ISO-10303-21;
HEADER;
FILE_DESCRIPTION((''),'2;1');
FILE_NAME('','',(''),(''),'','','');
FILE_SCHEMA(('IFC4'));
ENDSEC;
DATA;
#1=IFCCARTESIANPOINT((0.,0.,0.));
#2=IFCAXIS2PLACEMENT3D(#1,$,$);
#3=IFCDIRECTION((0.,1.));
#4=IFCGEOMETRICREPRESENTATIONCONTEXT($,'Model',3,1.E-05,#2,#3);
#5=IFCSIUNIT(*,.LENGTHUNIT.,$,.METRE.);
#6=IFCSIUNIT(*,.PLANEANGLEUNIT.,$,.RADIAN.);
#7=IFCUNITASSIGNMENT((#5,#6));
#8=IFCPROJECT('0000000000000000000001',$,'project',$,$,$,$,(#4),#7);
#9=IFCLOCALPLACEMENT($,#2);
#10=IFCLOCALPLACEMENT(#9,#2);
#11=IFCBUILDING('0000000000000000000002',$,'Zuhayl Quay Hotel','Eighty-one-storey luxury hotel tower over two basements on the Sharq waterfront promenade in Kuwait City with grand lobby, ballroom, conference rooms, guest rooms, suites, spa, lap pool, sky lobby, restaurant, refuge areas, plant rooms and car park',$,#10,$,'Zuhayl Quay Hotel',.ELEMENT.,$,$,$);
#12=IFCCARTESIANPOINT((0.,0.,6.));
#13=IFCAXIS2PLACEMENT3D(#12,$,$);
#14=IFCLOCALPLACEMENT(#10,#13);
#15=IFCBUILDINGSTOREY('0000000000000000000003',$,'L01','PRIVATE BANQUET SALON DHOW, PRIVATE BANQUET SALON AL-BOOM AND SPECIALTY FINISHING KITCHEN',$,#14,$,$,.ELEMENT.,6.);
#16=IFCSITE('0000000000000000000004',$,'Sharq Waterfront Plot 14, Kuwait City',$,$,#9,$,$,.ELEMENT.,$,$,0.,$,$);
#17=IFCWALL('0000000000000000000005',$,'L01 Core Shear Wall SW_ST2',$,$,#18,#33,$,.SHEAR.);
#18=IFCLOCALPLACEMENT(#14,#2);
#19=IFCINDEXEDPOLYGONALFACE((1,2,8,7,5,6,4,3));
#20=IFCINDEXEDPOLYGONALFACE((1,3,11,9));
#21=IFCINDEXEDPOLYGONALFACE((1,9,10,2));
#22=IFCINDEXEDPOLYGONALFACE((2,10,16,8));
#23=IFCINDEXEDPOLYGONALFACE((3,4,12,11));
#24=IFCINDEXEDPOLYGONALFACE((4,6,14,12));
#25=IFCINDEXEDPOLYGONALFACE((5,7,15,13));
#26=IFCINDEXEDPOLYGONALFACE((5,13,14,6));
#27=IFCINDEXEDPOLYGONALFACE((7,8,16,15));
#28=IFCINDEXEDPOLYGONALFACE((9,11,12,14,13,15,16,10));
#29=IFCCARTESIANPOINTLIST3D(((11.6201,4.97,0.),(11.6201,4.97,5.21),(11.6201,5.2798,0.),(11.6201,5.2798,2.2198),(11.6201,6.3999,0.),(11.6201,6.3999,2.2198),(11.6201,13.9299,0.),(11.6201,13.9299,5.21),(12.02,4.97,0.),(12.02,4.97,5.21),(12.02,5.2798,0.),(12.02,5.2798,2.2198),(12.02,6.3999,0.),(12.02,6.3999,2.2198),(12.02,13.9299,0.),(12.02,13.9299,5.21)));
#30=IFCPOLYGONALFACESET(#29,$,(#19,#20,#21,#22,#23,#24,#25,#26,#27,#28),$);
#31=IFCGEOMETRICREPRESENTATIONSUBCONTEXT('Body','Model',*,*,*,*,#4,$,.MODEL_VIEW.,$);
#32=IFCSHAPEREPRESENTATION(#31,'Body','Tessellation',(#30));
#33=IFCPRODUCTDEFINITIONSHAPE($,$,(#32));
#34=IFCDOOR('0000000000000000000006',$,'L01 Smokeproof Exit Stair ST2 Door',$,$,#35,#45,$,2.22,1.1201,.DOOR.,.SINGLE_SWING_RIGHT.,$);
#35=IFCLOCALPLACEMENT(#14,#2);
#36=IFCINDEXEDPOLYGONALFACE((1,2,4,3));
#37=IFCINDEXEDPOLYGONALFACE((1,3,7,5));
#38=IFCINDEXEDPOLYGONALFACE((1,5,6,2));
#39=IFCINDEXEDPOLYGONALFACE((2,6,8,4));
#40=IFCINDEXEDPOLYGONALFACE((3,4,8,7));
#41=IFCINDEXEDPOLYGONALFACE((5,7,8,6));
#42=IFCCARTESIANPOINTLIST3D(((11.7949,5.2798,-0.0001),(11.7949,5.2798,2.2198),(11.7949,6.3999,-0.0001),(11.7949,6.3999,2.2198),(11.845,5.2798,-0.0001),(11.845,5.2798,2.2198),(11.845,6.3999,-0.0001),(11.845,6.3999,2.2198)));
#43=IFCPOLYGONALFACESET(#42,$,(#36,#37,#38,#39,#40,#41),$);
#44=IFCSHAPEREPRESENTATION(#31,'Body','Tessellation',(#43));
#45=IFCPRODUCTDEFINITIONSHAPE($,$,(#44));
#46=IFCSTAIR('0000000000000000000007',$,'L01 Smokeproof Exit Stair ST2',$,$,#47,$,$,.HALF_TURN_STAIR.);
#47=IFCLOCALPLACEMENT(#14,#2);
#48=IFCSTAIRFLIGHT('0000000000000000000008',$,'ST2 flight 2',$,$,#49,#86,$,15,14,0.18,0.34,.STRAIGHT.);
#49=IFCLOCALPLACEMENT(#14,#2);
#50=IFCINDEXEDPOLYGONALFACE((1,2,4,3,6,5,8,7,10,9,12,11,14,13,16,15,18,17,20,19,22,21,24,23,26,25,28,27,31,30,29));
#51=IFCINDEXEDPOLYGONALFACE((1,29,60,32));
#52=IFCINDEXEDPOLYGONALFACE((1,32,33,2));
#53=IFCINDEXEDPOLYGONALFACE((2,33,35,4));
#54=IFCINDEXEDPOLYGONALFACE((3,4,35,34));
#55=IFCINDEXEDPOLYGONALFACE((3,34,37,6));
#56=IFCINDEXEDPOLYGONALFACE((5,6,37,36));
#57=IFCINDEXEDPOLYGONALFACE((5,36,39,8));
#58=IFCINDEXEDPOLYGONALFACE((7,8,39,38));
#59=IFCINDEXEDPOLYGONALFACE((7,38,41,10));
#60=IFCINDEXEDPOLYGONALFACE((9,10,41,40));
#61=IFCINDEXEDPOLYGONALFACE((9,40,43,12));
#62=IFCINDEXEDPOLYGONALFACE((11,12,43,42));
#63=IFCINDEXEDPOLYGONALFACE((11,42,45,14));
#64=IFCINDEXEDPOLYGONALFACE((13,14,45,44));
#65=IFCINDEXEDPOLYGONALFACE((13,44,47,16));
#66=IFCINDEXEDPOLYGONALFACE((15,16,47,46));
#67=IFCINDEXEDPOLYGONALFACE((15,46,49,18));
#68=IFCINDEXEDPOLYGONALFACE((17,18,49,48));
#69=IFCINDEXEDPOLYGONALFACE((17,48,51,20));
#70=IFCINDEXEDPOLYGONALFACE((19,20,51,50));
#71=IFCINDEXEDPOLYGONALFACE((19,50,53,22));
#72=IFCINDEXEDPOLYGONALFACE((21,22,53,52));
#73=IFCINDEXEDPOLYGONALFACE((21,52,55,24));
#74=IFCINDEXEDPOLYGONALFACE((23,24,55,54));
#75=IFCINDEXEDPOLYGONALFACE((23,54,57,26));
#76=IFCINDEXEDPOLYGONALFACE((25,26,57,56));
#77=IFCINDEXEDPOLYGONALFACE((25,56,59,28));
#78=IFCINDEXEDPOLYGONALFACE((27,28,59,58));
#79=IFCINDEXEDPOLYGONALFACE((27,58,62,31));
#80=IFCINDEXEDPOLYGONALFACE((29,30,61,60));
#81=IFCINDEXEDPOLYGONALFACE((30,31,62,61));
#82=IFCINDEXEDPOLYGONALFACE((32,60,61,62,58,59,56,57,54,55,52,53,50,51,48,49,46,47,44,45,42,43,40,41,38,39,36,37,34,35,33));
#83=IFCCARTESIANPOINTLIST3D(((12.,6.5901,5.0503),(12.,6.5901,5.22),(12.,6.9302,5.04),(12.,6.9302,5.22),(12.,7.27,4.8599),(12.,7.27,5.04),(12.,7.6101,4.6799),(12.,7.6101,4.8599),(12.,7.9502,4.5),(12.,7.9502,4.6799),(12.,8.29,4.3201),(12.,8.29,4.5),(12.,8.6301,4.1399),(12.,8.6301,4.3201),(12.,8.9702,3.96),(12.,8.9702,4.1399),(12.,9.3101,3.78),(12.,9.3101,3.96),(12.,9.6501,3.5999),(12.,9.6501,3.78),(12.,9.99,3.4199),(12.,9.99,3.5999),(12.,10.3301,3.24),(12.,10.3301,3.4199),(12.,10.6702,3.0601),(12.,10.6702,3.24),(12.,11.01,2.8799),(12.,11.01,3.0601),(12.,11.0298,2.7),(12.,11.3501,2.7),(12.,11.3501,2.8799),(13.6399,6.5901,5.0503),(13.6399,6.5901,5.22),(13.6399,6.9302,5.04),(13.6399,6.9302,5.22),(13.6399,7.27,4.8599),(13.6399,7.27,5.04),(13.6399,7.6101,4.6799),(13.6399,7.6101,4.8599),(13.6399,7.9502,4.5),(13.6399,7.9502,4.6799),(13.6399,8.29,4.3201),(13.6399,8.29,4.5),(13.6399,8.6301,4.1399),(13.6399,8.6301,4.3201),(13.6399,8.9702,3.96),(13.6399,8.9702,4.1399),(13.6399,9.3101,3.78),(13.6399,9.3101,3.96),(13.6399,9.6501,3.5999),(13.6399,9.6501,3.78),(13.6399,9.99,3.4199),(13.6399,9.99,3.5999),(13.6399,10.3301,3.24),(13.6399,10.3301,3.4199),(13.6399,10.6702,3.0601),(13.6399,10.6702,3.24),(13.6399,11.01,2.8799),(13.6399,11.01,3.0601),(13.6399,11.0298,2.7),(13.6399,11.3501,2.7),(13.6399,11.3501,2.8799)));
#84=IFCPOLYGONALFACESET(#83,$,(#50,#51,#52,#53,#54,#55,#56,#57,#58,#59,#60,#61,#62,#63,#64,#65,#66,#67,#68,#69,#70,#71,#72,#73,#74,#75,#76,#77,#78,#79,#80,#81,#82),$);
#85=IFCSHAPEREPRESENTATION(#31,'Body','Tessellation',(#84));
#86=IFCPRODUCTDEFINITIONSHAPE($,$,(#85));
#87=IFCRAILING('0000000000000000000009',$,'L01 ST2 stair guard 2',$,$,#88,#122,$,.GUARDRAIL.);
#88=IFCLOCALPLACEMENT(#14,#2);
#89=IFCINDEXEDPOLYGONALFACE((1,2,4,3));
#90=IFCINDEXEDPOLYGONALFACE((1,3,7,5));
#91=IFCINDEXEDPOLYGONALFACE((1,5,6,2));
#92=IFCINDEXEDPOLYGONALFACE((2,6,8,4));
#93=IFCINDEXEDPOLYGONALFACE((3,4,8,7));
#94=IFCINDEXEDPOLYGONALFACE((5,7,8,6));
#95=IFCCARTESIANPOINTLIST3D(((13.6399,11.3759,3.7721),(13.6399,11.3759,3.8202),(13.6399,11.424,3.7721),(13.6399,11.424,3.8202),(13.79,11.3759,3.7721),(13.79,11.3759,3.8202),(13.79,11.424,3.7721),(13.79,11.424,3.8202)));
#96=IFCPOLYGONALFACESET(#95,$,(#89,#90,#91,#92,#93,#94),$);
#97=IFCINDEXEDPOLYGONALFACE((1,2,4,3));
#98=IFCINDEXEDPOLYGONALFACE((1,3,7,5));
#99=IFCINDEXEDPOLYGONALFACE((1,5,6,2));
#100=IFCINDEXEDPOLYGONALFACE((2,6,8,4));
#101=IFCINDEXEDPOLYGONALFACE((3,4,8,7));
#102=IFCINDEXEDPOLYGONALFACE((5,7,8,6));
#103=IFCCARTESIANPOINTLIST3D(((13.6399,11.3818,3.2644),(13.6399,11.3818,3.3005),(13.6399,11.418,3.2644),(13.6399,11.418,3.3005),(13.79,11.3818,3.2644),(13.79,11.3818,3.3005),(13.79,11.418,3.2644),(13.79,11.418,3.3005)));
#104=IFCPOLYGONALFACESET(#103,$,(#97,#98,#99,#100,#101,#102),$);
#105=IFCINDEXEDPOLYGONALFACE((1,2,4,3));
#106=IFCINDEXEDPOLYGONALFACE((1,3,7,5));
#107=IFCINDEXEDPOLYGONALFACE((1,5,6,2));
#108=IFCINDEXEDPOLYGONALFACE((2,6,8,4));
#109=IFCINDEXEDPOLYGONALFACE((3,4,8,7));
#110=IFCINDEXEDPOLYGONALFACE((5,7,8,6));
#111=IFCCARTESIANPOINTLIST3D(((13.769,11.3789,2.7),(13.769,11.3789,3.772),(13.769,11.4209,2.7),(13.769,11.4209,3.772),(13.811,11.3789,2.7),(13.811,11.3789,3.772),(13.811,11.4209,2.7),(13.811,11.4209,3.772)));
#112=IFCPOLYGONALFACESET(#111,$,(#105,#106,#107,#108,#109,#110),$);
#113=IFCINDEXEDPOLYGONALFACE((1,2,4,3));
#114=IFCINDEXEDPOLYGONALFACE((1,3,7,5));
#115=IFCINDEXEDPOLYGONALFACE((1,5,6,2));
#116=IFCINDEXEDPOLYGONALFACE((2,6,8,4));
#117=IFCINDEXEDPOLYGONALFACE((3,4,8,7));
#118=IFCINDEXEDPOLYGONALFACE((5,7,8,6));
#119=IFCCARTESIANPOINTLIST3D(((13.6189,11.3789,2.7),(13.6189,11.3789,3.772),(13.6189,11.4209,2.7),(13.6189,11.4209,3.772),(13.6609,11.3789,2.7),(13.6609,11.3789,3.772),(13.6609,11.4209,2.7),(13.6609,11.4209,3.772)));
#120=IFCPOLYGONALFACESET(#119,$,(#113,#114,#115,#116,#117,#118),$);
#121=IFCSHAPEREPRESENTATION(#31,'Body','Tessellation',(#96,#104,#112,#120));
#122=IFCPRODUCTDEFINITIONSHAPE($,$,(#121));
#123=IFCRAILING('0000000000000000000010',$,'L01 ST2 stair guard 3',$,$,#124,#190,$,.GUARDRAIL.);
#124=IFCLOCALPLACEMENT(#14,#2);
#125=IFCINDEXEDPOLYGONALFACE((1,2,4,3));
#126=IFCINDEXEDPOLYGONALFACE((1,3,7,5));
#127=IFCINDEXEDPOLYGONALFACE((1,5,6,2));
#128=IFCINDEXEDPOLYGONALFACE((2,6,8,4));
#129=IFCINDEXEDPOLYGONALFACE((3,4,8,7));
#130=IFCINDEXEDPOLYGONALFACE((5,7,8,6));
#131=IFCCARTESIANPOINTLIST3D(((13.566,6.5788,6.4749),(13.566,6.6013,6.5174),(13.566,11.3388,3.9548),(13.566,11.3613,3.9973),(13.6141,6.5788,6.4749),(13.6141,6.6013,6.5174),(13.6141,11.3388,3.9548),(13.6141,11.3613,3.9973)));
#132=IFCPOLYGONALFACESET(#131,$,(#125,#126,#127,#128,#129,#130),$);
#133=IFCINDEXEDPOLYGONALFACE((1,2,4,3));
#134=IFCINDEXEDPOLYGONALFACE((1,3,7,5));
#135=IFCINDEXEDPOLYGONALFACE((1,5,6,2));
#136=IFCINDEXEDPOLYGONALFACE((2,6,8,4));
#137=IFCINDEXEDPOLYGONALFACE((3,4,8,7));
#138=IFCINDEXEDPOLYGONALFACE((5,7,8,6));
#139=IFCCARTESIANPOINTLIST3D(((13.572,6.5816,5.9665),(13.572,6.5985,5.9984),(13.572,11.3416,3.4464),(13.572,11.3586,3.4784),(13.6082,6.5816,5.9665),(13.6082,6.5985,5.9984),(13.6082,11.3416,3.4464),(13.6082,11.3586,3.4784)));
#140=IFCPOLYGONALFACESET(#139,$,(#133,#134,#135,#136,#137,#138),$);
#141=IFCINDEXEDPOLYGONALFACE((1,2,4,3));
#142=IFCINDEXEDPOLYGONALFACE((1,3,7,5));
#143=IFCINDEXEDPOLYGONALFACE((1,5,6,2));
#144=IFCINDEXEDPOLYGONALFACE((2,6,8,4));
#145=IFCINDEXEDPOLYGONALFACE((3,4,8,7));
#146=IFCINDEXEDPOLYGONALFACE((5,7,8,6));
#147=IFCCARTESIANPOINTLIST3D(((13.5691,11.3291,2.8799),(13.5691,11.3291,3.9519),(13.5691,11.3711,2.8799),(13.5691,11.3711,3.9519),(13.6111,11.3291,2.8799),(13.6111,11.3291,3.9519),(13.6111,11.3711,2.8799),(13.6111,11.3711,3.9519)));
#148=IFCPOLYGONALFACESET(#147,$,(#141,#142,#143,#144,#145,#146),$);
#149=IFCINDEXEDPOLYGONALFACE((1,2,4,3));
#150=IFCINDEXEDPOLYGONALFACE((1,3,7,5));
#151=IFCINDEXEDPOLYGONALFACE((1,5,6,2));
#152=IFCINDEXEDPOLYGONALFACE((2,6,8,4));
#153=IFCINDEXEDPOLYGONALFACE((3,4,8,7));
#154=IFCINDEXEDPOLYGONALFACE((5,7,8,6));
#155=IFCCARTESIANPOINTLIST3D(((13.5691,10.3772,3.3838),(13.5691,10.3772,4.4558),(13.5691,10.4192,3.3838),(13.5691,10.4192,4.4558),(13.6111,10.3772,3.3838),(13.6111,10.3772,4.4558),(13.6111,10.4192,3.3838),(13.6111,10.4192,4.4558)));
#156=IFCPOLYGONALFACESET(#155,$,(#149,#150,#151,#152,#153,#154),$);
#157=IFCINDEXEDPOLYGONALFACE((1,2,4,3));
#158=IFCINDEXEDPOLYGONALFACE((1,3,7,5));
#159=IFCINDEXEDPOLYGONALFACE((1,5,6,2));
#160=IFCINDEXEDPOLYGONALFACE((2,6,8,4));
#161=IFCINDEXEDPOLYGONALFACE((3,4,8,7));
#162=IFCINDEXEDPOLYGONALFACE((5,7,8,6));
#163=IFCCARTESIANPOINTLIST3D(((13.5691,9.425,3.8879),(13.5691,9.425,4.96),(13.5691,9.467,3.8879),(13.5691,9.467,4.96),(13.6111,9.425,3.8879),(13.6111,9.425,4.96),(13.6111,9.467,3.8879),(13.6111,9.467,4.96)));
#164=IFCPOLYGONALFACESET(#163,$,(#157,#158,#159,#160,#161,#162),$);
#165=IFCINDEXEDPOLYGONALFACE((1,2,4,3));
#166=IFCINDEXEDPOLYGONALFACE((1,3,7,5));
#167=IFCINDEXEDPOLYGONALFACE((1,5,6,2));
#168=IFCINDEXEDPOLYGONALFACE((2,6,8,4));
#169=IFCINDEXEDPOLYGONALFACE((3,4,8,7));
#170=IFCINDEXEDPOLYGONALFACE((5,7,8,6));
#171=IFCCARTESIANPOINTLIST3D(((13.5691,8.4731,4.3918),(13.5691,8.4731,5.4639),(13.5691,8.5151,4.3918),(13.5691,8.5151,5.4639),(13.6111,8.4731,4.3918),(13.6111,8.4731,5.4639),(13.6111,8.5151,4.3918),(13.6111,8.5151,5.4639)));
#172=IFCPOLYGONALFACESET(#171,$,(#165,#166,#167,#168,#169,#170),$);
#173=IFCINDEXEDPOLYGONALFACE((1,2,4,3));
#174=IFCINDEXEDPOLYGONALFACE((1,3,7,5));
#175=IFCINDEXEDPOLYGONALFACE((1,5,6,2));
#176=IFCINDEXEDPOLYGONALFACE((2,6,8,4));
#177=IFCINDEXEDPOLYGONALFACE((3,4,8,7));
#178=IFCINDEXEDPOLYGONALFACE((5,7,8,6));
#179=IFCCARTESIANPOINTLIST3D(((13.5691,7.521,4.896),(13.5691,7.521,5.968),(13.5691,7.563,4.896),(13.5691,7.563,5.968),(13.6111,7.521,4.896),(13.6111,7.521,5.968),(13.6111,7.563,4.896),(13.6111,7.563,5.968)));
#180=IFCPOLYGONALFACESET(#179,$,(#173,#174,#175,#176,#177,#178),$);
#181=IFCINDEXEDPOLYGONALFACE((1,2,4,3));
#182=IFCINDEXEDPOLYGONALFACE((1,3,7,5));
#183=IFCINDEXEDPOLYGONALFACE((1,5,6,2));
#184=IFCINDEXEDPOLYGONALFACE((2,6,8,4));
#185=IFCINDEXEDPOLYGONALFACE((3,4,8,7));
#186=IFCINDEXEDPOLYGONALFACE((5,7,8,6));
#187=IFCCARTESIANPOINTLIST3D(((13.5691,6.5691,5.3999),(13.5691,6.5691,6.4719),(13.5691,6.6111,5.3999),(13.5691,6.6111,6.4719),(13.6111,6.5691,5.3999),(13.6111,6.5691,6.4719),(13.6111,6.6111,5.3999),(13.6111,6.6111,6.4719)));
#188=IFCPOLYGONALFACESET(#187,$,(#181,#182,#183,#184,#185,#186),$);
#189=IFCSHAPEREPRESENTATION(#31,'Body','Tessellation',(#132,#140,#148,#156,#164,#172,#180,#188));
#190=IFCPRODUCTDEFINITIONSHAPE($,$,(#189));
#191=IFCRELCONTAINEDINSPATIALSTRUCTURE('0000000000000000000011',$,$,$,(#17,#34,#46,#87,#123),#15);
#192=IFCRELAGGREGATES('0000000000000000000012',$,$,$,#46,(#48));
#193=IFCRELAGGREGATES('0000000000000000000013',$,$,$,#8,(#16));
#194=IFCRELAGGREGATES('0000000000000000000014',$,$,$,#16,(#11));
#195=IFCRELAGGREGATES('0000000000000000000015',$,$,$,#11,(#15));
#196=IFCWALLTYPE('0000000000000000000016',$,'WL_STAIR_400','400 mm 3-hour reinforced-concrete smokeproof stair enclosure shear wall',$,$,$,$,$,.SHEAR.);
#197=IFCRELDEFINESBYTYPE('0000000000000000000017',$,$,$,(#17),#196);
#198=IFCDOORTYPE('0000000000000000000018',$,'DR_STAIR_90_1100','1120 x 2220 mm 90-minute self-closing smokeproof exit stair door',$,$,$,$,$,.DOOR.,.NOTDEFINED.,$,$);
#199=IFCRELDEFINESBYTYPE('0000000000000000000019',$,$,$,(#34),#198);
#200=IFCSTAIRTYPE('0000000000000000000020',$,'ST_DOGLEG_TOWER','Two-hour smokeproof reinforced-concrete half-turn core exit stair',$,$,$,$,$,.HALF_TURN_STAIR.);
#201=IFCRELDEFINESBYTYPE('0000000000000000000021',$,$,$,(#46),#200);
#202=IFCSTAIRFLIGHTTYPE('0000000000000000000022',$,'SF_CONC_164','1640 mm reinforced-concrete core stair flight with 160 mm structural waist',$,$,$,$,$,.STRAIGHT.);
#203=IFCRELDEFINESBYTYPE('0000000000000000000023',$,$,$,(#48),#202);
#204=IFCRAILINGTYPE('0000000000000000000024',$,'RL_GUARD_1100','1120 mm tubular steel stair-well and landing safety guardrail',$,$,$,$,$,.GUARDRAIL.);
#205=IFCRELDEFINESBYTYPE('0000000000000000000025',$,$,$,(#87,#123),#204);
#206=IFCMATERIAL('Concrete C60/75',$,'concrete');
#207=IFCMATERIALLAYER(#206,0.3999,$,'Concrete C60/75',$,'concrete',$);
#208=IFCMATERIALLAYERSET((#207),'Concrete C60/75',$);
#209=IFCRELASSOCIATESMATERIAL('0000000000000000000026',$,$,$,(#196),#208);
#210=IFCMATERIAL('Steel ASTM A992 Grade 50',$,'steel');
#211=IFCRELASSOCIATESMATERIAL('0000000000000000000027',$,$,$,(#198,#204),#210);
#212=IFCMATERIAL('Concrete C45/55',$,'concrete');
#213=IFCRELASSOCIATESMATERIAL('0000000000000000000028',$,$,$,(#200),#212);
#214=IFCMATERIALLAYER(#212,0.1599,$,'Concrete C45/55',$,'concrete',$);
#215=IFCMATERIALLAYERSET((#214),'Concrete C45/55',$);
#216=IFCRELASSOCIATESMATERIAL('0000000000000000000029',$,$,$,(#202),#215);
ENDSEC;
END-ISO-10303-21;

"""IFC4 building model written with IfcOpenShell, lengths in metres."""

from ifc_helpers import new_model, si_unit, direction, frame, frame_2d, origin, origin_2d, place, context, subcontext, project, spatial, polyline, rectangle, outline, extrude, material, layer, layer_set, type_object, element, fill, aggregate, save


model = new_model("IFC4")

# Units and contexts
model_context = context("Model", 3, precision=1e-05, world=origin(), true_north=direction((0.0, 1.0)))
body_context = subcontext(model_context, "Body", "Model", "MODEL_VIEW")
ifc_project = project(units=[si_unit("LENGTHUNIT", "METRE"), si_unit("PLANEANGLEUNIT", "RADIAN")], contexts=[model_context])

# Site, building, storey
site_placement = place(None, origin())
site = spatial("IfcSite", under=ifc_project, at=site_placement, Name="Sharq Waterfront Plot 14, Kuwait City", CompositionType="ELEMENT", RefElevation=0.0)
building_placement = place(site_placement, origin())
building = spatial("IfcBuilding", under=site, at=building_placement, Name="Zuhayl Quay Hotel", Description="Eighty-one-storey luxury hotel tower over two basements on the Sharq waterfront promenade in Kuwait City with grand lobby, ballroom, conference rooms, guest rooms, suites, spa, lap pool, sky lobby, restaurant, refuge areas, plant rooms and car park", LongName="Zuhayl Quay Hotel", CompositionType="ELEMENT")
storey_placement = place(building_placement, frame((0.0, 0.0, 6.0)))
storey = spatial("IfcBuildingStorey", under=building, at=storey_placement, Name="L01", Description="PRIVATE BANQUET SALON DHOW, PRIVATE BANQUET SALON AL-BOOM AND SPECIALTY FINISHING KITCHEN", CompositionType="ELEMENT", Elevation=6.0)

# Shared definitions
ifc_material_1 = material(Name="Steel ASTM A992 Grade 50", Category="steel")

# Wall, opening, door
ifc_material_2 = material(Name="Concrete C60/75", Category="concrete")
ifc_layer_1 = layer(ifc_material_2, 0.3999, Name="Concrete C60/75", Category="concrete")
ifc_layer_set_1 = layer_set([ifc_layer_1], Name="Concrete C60/75")
wall_type_1 = type_object("IfcWallType", Name="WL_STAIR_400", Description="400 mm 3-hour reinforced-concrete smokeproof stair enclosure shear wall", PredefinedType="SHEAR", material=ifc_layer_set_1)
wall_1_placement = place(storey_placement, frame((11.8201, 13.9299, 0.0), z_axis=(0.0, 0.0, 1.0), x_axis=(0.0, -1.0, 0.0)))
wall_1 = element("IfcWall", 1, at=wall_1_placement, inside=storey, type_object=wall_type_1, Name="L01 Core Shear Wall SW_ST2", PredefinedType="SHEAR", context=body_context, shape_type="SweptSolid", body=[
    extrude(rectangle(XDim=8.96, YDim=0.3999, at=frame_2d((4.48, 0.0))), origin(), (0.0, 0.0, 1.0), 5.21),
])
opening_placement = place(wall_1_placement, frame((7.53, 0.0, 0.0)))
opening = element("IfcOpeningElement", 2, at=opening_placement, cuts=wall_1, PredefinedType="OPENING", context=body_context, shape_type="SweptSolid", body=[
    extrude(rectangle(XDim=1.1201, YDim=2.22, at=frame_2d((0.5601, 1.1099))), frame((0.0, 0.21, 0.0), z_axis=(0.0, -1.0, 0.0), x_axis=(1.0, 0.0, 0.0)), (0.0, 0.0, 1.0), 0.4199),
])
door_type = type_object("IfcDoorType", Name="DR_STAIR_90_1100", Description="1120 x 2220 mm 90-minute self-closing smokeproof exit stair door", OperationType="NOTDEFINED", PredefinedType="DOOR", material=ifc_material_1)
door_placement = place(opening_placement, origin())
door = element("IfcDoor", 3, at=door_placement, inside=storey, type_object=door_type, Name="L01 Smokeproof Exit Stair ST2 Door", OperationType="SINGLE_SWING_RIGHT", OverallHeight=2.22, OverallWidth=1.1201, PredefinedType="DOOR", context=body_context, shape_type="SweptSolid", body=[
    extrude(rectangle(XDim=1.1201, YDim=2.22, at=frame_2d((0.5601, 1.1099))), frame((0.0, 0.0249, 0.0), z_axis=(0.0, -1.0, 0.0), x_axis=(1.0, 0.0, 0.0)), (0.0, 0.0, 1.0), 0.05),
])
fill(opening, door)

# Stair, stair flight
ifc_material_3 = material(Name="Concrete C45/55", Category="concrete")
stair_type = type_object("IfcStairType", Name="ST_DOGLEG_TOWER", Description="Two-hour smokeproof reinforced-concrete half-turn core exit stair", PredefinedType="HALF_TURN_STAIR", material=ifc_material_3)
stair_placement = place(storey_placement, origin())
stair = element("IfcStair", 4, at=stair_placement, inside=storey, type_object=stair_type, Name="L01 Smokeproof Exit Stair ST2", PredefinedType="HALF_TURN_STAIR")
ifc_layer_2 = layer(ifc_material_3, 0.1599, Name="Concrete C45/55", Category="concrete")
ifc_layer_set_2 = layer_set([ifc_layer_2], Name="Concrete C45/55")
stair_flight_type = type_object("IfcStairFlightType", Name="SF_CONC_164", Description="1640 mm reinforced-concrete core stair flight with 160 mm structural waist", PredefinedType="STRAIGHT", material=ifc_layer_set_2)
stair_flight_placement = place(storey_placement, frame((12.8201, 11.3501, 2.7), z_axis=(0.0, 0.0, 1.0), x_axis=(0.0, -1.0, 0.0)))
stair_flight = element("IfcStairFlight", 5, at=stair_flight_placement, type_object=stair_flight_type, Name="ST2 flight 2", NumberOfRisers=15, NumberOfTreads=14, PredefinedType="STRAIGHT", RiserHeight=0.18, TreadLength=0.34, context=body_context, shape_type="SweptSolid", body=[
    extrude(outline(polyline([(0.0, 0.0), (0.0, 0.1799), (0.3401, 0.1799), (0.3401, 0.3601), (0.6799, 0.3601), (0.6799, 0.54), (1.02, 0.54), (1.02, 0.72), (1.3601, 0.72), (1.3601, 0.8999), (1.7, 0.8999), (1.7, 1.0801), (2.04, 1.0801), (2.04, 1.26), (2.3799, 1.26), (2.3799, 1.4399), (2.72, 1.4399), (2.72, 1.6201), (3.0601, 1.6201), (3.0601, 1.8), (3.3999, 1.8), (3.3999, 1.98), (3.74, 1.98), (3.74, 2.1599), (4.0801, 2.1599), (4.0801, 2.3401), (4.4199, 2.3401), (4.4199, 2.52), (4.76, 2.52), (4.76, 2.7), (4.76, 2.3503), (0.3203, 0.0), (0.0, 0.0)])), frame((0.0, 0.8198, 0.0), z_axis=(0.0, -1.0, 0.0), x_axis=(1.0, 0.0, 0.0)), (0.0, 0.0, 1.0), 1.6399),
])
aggregate(stair, [stair_flight])

# Railings
railing_type = type_object("IfcRailingType", Name="RL_GUARD_1100", Description="1120 mm tubular steel stair-well and landing safety guardrail", PredefinedType="GUARDRAIL", material=ifc_material_1)
railing_1_placement = place(storey_placement, frame((13.79, 11.3999, 2.7)))
element("IfcRailing", 6, at=railing_1_placement, inside=storey, type_object=railing_type, Name="L01 ST2 stair guard 2", PredefinedType="GUARDRAIL", context=body_context, shape_type="SweptSolid", body=[
    extrude(rectangle(XDim=0.0481, YDim=0.0481, at=origin_2d()), frame((0.0, 0.0, 1.0962), z_axis=(-1.0, 0.0, 0.0), x_axis=(0.0, -1.0, 0.0)), (0.0, 0.0, 1.0), 0.1501),
    extrude(rectangle(XDim=0.0361, YDim=0.0361, at=origin_2d()), frame((0.0, 0.0, 0.5825), z_axis=(-1.0, 0.0, 0.0), x_axis=(0.0, -1.0, 0.0)), (0.0, 0.0, 1.0), 0.1501),
    extrude(rectangle(XDim=0.042, YDim=0.042, at=origin_2d()), origin(), (0.0, 0.0, 1.0), 1.072),
    extrude(rectangle(XDim=0.042, YDim=0.042, at=origin_2d()), frame((-0.1501, 0.0, 0.0)), (0.0, 0.0, 1.0), 1.072),
])
railing_2_placement = place(storey_placement, frame((13.5901, 11.3501, 2.8799)))
element("IfcRailing", 7, at=railing_2_placement, inside=storey, type_object=railing_type, Name="L01 ST2 stair guard 3", PredefinedType="GUARDRAIL", context=body_context, shape_type="SweptSolid", body=[
    extrude(rectangle(XDim=0.0481, YDim=0.0481, at=origin_2d()), frame((0.0, 0.0, 1.0962), z_axis=(0.0, -0.883787, 0.46789), x_axis=(1.0, 0.0, 0.0)), (0.0, 0.0, 1.0), 5.386),
    extrude(rectangle(XDim=0.0361, YDim=0.0361, at=origin_2d()), frame((0.0, 0.0, 0.5825), z_axis=(0.0, -0.883787, 0.46789), x_axis=(1.0, 0.0, 0.0)), (0.0, 0.0, 1.0), 5.386),
    extrude(rectangle(XDim=0.042, YDim=0.042, at=origin_2d()), origin(), (0.0, 0.0, 1.0), 1.072),
    extrude(rectangle(XDim=0.042, YDim=0.042, at=origin_2d()), frame((0.0, -0.9519, 0.5039)), (0.0, 0.0, 1.0), 1.072),
    extrude(rectangle(XDim=0.042, YDim=0.042, at=origin_2d()), frame((0.0, -1.9041, 1.0081)), (0.0, 0.0, 1.0), 1.072),
    extrude(rectangle(XDim=0.042, YDim=0.042, at=origin_2d()), frame((0.0, -2.856, 1.512)), (0.0, 0.0, 1.0), 1.072),
    extrude(rectangle(XDim=0.042, YDim=0.042, at=origin_2d()), frame((0.0, -3.8081, 2.0161)), (0.0, 0.0, 1.0), 1.072),
    extrude(rectangle(XDim=0.042, YDim=0.042, at=origin_2d()), frame((0.0, -4.76, 2.52)), (0.0, 0.0, 1.0), 1.072),
])

save(model, "model.ifc")
